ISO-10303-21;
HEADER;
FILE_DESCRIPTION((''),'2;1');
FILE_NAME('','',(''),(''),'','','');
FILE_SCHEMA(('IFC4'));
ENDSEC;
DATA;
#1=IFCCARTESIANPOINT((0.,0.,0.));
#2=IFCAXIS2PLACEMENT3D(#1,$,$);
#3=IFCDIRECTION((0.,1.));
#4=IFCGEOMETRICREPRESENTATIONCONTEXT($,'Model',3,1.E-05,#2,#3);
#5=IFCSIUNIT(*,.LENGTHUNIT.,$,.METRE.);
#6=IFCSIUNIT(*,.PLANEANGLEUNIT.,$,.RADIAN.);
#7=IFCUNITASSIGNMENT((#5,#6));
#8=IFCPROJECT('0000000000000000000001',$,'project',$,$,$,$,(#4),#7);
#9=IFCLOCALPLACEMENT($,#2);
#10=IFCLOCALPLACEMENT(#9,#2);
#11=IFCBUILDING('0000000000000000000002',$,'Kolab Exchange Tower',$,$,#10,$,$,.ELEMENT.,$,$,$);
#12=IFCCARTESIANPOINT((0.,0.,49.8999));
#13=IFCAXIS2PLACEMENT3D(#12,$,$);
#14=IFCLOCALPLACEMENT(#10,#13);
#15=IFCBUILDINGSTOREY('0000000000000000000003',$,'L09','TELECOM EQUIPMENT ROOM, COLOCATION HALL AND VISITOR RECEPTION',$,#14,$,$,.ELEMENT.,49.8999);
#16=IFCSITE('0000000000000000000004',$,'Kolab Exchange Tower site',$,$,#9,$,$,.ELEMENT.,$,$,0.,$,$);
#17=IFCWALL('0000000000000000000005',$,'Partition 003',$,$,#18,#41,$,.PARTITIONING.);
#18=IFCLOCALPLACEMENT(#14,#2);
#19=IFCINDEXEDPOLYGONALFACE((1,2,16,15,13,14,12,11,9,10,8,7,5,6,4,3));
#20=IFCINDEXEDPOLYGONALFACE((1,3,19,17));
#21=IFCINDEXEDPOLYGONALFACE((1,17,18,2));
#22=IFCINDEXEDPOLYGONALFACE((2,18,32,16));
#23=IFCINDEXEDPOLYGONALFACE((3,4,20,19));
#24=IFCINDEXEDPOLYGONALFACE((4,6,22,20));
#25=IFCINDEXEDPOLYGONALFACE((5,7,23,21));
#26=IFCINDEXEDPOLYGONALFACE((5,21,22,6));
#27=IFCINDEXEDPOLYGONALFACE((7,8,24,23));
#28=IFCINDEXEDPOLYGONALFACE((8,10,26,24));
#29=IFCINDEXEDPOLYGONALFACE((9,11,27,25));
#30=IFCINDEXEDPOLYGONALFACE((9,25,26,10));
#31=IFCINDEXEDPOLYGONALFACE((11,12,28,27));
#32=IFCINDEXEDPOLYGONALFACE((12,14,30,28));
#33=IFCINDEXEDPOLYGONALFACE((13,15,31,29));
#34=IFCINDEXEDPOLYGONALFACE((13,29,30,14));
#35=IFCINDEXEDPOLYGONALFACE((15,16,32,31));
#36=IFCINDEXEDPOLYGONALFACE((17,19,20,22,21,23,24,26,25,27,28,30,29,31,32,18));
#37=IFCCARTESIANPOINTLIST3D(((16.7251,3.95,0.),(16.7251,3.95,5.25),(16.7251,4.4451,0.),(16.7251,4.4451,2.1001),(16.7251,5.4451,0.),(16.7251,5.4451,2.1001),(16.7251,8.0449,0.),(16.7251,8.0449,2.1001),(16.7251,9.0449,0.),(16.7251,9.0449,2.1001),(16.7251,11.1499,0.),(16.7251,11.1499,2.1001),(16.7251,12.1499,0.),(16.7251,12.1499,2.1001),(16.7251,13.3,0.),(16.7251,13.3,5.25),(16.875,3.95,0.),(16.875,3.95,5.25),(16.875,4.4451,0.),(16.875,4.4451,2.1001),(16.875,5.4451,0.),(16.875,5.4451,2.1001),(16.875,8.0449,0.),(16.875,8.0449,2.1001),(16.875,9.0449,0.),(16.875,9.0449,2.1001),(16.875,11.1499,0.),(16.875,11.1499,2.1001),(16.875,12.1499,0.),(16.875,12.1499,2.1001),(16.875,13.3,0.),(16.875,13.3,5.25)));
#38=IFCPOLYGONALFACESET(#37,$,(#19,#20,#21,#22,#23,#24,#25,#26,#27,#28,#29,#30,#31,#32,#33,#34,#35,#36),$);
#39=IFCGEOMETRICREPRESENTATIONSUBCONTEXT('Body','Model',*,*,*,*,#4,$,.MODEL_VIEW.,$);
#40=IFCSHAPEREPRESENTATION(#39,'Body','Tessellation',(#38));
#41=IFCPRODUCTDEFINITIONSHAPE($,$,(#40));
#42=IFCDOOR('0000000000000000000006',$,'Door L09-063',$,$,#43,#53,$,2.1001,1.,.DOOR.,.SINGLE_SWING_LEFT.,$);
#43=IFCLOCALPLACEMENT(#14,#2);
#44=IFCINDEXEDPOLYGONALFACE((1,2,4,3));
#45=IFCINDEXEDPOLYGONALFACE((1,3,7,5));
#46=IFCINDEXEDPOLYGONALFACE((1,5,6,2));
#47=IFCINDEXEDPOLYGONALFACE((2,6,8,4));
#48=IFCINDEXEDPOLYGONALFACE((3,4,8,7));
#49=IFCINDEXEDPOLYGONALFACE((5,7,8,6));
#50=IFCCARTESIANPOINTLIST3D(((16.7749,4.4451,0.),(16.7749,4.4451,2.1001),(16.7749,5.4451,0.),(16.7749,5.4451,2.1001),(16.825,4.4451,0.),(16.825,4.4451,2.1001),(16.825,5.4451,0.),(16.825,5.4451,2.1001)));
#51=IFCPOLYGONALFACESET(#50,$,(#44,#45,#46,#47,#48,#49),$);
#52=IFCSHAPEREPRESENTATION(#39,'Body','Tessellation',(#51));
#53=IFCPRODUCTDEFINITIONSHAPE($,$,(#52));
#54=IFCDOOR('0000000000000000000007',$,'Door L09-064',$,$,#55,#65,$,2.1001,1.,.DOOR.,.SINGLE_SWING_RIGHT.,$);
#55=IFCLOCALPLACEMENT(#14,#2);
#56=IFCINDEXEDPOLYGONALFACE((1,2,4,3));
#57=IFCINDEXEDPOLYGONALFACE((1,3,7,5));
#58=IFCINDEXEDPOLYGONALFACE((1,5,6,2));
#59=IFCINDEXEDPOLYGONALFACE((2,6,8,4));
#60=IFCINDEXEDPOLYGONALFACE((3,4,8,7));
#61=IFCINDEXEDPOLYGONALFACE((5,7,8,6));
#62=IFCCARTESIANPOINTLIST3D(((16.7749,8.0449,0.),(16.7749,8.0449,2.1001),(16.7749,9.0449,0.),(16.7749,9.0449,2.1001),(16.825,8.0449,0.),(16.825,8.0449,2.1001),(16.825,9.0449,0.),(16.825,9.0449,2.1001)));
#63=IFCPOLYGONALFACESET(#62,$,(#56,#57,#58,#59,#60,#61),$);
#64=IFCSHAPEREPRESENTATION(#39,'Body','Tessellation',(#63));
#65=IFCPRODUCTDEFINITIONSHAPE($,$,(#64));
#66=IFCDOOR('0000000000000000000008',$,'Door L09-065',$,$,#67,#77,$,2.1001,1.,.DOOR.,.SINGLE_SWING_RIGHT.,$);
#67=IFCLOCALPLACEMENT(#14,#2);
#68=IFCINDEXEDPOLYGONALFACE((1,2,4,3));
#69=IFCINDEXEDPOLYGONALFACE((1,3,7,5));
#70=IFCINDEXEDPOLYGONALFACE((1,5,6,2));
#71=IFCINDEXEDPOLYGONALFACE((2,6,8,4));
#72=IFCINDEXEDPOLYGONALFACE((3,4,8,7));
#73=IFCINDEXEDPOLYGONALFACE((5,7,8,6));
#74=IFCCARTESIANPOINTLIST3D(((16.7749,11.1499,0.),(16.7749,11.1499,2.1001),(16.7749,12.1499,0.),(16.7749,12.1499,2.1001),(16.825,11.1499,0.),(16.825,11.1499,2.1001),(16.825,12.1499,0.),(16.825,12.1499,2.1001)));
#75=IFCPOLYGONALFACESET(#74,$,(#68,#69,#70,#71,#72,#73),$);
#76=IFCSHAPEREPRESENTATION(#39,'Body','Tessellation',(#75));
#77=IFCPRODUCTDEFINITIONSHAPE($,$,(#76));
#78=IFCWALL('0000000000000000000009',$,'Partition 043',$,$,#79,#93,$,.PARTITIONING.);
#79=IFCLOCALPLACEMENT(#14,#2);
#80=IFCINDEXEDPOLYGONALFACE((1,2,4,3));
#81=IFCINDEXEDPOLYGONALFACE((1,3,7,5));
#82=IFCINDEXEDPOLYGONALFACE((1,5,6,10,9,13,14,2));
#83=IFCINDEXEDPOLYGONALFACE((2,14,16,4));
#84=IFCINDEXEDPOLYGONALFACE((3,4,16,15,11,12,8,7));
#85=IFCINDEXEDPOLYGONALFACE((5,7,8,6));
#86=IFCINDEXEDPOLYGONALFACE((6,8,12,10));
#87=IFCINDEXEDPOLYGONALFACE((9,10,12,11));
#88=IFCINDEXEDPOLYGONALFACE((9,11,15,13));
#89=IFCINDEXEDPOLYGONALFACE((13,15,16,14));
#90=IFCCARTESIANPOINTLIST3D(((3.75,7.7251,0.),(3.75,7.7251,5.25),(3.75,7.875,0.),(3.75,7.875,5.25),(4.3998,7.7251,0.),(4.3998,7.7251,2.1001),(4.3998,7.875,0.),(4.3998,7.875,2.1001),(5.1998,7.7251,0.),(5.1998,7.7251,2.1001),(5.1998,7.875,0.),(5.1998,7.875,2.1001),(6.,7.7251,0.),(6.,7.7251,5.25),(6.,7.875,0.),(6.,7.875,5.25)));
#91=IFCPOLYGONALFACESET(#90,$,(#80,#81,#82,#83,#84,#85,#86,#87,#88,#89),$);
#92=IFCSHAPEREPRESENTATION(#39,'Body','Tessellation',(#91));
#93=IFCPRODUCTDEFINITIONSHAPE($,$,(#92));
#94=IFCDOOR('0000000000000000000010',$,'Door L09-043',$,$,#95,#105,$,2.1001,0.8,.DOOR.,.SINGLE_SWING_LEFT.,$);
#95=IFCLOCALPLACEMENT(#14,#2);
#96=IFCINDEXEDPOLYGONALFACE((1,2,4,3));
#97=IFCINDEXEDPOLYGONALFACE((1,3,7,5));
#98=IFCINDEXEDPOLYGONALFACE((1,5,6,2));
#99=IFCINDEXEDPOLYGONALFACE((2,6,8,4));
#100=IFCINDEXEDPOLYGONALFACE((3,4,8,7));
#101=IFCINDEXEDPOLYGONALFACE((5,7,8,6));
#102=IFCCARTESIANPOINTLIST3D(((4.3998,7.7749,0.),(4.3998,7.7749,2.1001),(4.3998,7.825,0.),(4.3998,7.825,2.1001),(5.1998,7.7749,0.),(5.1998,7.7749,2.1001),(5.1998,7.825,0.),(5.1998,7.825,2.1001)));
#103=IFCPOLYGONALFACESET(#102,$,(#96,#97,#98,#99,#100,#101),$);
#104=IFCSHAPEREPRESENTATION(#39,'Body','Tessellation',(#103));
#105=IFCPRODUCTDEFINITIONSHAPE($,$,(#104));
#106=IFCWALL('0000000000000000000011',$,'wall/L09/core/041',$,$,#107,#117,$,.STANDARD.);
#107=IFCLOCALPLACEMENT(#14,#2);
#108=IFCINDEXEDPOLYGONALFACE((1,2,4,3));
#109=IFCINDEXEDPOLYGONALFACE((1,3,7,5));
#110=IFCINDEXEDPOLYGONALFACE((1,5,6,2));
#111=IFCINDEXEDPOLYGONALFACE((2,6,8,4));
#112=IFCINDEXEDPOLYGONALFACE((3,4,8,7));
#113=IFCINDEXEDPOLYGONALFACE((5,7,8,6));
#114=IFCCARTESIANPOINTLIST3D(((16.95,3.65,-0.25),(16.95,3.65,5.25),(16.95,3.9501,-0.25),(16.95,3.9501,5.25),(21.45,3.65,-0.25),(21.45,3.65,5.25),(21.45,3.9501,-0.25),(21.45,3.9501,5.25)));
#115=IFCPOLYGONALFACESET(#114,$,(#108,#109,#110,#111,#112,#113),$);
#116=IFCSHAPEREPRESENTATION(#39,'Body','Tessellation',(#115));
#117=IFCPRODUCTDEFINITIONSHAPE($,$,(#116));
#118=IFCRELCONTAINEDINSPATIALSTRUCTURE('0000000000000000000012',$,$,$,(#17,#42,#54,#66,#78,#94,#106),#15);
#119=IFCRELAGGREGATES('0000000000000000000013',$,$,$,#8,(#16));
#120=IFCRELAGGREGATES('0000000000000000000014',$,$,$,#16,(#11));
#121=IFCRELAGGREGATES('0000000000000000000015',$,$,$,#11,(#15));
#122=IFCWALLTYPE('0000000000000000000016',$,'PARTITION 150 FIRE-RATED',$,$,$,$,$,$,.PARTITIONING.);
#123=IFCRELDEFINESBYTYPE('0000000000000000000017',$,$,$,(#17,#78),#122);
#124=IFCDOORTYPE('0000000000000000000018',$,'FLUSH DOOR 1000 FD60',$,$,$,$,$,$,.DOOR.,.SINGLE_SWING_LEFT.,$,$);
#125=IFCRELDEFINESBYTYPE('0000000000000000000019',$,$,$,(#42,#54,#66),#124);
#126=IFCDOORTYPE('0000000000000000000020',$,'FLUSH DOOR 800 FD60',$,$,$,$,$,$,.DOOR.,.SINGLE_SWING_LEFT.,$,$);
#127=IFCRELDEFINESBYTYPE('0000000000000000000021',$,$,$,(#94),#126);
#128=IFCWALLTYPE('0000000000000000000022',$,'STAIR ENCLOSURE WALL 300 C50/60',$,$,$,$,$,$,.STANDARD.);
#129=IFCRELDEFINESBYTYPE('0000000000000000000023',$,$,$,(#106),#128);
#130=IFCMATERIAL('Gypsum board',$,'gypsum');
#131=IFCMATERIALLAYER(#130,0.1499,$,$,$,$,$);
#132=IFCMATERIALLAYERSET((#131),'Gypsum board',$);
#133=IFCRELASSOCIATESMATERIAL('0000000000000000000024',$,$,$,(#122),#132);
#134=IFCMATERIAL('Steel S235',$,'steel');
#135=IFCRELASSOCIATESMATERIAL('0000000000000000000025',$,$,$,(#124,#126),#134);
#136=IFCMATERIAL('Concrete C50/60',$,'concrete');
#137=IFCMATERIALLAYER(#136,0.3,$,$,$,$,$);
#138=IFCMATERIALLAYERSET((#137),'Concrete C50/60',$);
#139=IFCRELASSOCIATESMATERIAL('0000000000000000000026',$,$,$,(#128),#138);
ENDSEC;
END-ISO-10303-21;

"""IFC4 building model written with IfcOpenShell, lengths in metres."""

from ifc_helpers import new_model, si_unit, direction, frame, frame_2d, origin, place, context, subcontext, project, spatial, rectangle, extrude, material, layer, layer_set, type_object, element, fill, save


model = new_model("IFC4")

# Units and contexts
model_context = context("Model", 3, precision=1e-05, world=origin(), true_north=direction((0.0, 1.0)))
body_context = subcontext(model_context, "Body", "Model", "MODEL_VIEW")
ifc_project = project(units=[si_unit("LENGTHUNIT", "METRE"), si_unit("PLANEANGLEUNIT", "RADIAN")], contexts=[model_context])

# Site, building, storey
site_placement = place(None, origin())
site = spatial("IfcSite", under=ifc_project, at=site_placement, Name="Kolab Exchange Tower site", CompositionType="ELEMENT", RefElevation=0.0)
building_placement = place(site_placement, origin())
building = spatial("IfcBuilding", under=site, at=building_placement, Name="Kolab Exchange Tower", CompositionType="ELEMENT")
storey_placement = place(building_placement, frame((0.0, 0.0, 49.8999)))
storey = spatial("IfcBuildingStorey", under=building, at=storey_placement, Name="L09", Description="TELECOM EQUIPMENT ROOM, COLOCATION HALL AND VISITOR RECEPTION", CompositionType="ELEMENT", Elevation=49.8999)

# Shared definitions
ifc_material_1 = material(Name="Steel S235", Category="steel")

# Shared definitions
ifc_material_2 = material(Name="Concrete C50/60", Category="concrete")

# Shared definitions
ifc_material_3 = material(Name="Gypsum board", Category="gypsum")

# Wall, openings, doors
ifc_layer_1 = layer(ifc_material_3, 0.1499)
ifc_layer_set_1 = layer_set([ifc_layer_1], Name="Gypsum board")
wall_type_1 = type_object("IfcWallType", Name="PARTITION 150 FIRE-RATED", PredefinedType="PARTITIONING", material=ifc_layer_set_1)
wall_1_placement = place(storey_placement, frame((16.8, 3.95, 0.0), z_axis=(0.0, 0.0, 1.0), x_axis=(0.0, 1.0, 0.0)))
wall_1 = element("IfcWall", 1, at=wall_1_placement, inside=storey, type_object=wall_type_1, Name="Partition 003", PredefinedType="PARTITIONING", context=body_context, shape_type="SweptSolid", body=[
    extrude(rectangle(XDim=9.3501, YDim=0.1499, at=frame_2d((4.675, 0.0))), origin(), (0.0, 0.0, 1.0), 5.25),
])
opening_1_placement = place(wall_1_placement, frame((0.4951, 0.0, 0.0)))
opening_1 = element("IfcOpeningElement", 2, at=opening_1_placement, cuts=wall_1, PredefinedType="OPENING", context=body_context, shape_type="SweptSolid", body=[
    extrude(rectangle(XDim=1.0, YDim=2.1001, at=frame_2d((0.5, 1.05))), frame((0.0, 0.085, 0.0), z_axis=(0.0, -1.0, 0.0), x_axis=(1.0, 0.0, 0.0)), (0.0, 0.0, 1.0), 0.1699),
])
opening_2_placement = place(wall_1_placement, frame((4.095, 0.0, 0.0)))
opening_2 = element("IfcOpeningElement", 3, at=opening_2_placement, cuts=wall_1, PredefinedType="OPENING", context=body_context, shape_type="SweptSolid", body=[
    extrude(rectangle(XDim=1.0, YDim=2.1001, at=frame_2d((0.5, 1.05))), frame((0.0, 0.085, 0.0), z_axis=(0.0, -1.0, 0.0), x_axis=(1.0, 0.0, 0.0)), (0.0, 0.0, 1.0), 0.1699),
])
opening_3_placement = place(wall_1_placement, frame((7.2, 0.0, 0.0)))
opening_3 = element("IfcOpeningElement", 4, at=opening_3_placement, cuts=wall_1, PredefinedType="OPENING", context=body_context, shape_type="SweptSolid", body=[
    extrude(rectangle(XDim=1.0, YDim=2.1001, at=frame_2d((0.5, 1.05))), frame((0.0, 0.085, 0.0), z_axis=(0.0, -1.0, 0.0), x_axis=(1.0, 0.0, 0.0)), (0.0, 0.0, 1.0), 0.1699),
])
door_type_1 = type_object("IfcDoorType", Name="FLUSH DOOR 1000 FD60", OperationType="SINGLE_SWING_LEFT", PredefinedType="DOOR", material=ifc_material_1)
door_1_placement = place(opening_1_placement, frame((1.0, 0.0, 0.0), z_axis=(0.0, 0.0, 1.0), x_axis=(-1.0, 0.0, 0.0)))
door_1 = element("IfcDoor", 5, at=door_1_placement, inside=storey, type_object=door_type_1, Name="Door L09-063", OperationType="SINGLE_SWING_LEFT", OverallHeight=2.1001, OverallWidth=1.0, PredefinedType="DOOR", context=body_context, shape_type="SweptSolid", body=[
    extrude(rectangle(XDim=1.0, YDim=2.1001, at=frame_2d((0.5, 1.05))), frame((0.0, 0.0249, 0.0), z_axis=(0.0, -1.0, 0.0), x_axis=(1.0, 0.0, 0.0)), (0.0, 0.0, 1.0), 0.05),
])
fill(opening_1, door_1)
door_2_placement = place(opening_2_placement, frame((1.0, 0.0, 0.0), z_axis=(0.0, 0.0, 1.0), x_axis=(-1.0, 0.0, 0.0)))
door_2 = element("IfcDoor", 6, at=door_2_placement, inside=storey, type_object=door_type_1, Name="Door L09-064", OperationType="SINGLE_SWING_RIGHT", OverallHeight=2.1001, OverallWidth=1.0, PredefinedType="DOOR", context=body_context, shape_type="SweptSolid", body=[
    extrude(rectangle(XDim=1.0, YDim=2.1001, at=frame_2d((0.5, 1.05))), frame((0.0, 0.0249, 0.0), z_axis=(0.0, -1.0, 0.0), x_axis=(1.0, 0.0, 0.0)), (0.0, 0.0, 1.0), 0.05),
])
fill(opening_2, door_2)
door_3_placement = place(opening_3_placement, frame((1.0, 0.0, 0.0), z_axis=(0.0, 0.0, 1.0), x_axis=(-1.0, 0.0, 0.0)))
door_3 = element("IfcDoor", 7, at=door_3_placement, inside=storey, type_object=door_type_1, Name="Door L09-065", OperationType="SINGLE_SWING_RIGHT", OverallHeight=2.1001, OverallWidth=1.0, PredefinedType="DOOR", context=body_context, shape_type="SweptSolid", body=[
    extrude(rectangle(XDim=1.0, YDim=2.1001, at=frame_2d((0.5, 1.05))), frame((0.0, 0.0249, 0.0), z_axis=(0.0, -1.0, 0.0), x_axis=(1.0, 0.0, 0.0)), (0.0, 0.0, 1.0), 0.05),
])
fill(opening_3, door_3)

# Wall, opening, door
wall_2_placement = place(storey_placement, frame((3.75, 7.8, 0.0), z_axis=(0.0, 0.0, 1.0), x_axis=(1.0, 0.0, 0.0)))
wall_2 = element("IfcWall", 8, at=wall_2_placement, inside=storey, type_object=wall_type_1, Name="Partition 043", PredefinedType="PARTITIONING", context=body_context, shape_type="SweptSolid", body=[
    extrude(rectangle(XDim=2.25, YDim=0.1499, at=frame_2d((1.125, 0.0))), origin(), (0.0, 0.0, 1.0), 5.25),
])
opening_4_placement = place(wall_2_placement, frame((0.6499, 0.0, 0.0)))
opening_4 = element("IfcOpeningElement", 9, at=opening_4_placement, cuts=wall_2, PredefinedType="OPENING", context=body_context, shape_type="SweptSolid", body=[
    extrude(rectangle(XDim=0.8, YDim=2.1001, at=frame_2d((0.3999, 1.05))), frame((0.0, 0.085, 0.0), z_axis=(0.0, -1.0, 0.0), x_axis=(1.0, 0.0, 0.0)), (0.0, 0.0, 1.0), 0.1699),
])
door_type_2 = type_object("IfcDoorType", Name="FLUSH DOOR 800 FD60", OperationType="SINGLE_SWING_LEFT", PredefinedType="DOOR", material=ifc_material_1)
door_4_placement = place(opening_4_placement, origin())
door_4 = element("IfcDoor", 10, at=door_4_placement, inside=storey, type_object=door_type_2, Name="Door L09-043", OperationType="SINGLE_SWING_LEFT", OverallHeight=2.1001, OverallWidth=0.8, PredefinedType="DOOR", context=body_context, shape_type="SweptSolid", body=[
    extrude(rectangle(XDim=0.8, YDim=2.1001, at=frame_2d((0.3999, 1.05))), frame((0.0, 0.0249, 0.0), z_axis=(0.0, -1.0, 0.0), x_axis=(1.0, 0.0, 0.0)), (0.0, 0.0, 1.0), 0.05),
])
fill(opening_4, door_4)

# Wall
ifc_layer_2 = layer(ifc_material_2, 0.3)
ifc_layer_set_2 = layer_set([ifc_layer_2], Name="Concrete C50/60")
wall_type_2 = type_object("IfcWallType", Name="STAIR ENCLOSURE WALL 300 C50/60", PredefinedType="STANDARD", material=ifc_layer_set_2)
wall_3_placement = place(storey_placement, frame((16.95, 3.8, -0.25), z_axis=(0.0, 0.0, 1.0), x_axis=(1.0, 0.0, 0.0)))
element("IfcWall", 11, at=wall_3_placement, inside=storey, type_object=wall_type_2, Name="wall/L09/core/041", PredefinedType="STANDARD", context=body_context, shape_type="SweptSolid", body=[
    extrude(rectangle(XDim=4.5, YDim=0.3, at=frame_2d((2.25, 0.0))), origin(), (0.0, 0.0, 1.0), 5.5),
])

save(model, "model.ifc")
